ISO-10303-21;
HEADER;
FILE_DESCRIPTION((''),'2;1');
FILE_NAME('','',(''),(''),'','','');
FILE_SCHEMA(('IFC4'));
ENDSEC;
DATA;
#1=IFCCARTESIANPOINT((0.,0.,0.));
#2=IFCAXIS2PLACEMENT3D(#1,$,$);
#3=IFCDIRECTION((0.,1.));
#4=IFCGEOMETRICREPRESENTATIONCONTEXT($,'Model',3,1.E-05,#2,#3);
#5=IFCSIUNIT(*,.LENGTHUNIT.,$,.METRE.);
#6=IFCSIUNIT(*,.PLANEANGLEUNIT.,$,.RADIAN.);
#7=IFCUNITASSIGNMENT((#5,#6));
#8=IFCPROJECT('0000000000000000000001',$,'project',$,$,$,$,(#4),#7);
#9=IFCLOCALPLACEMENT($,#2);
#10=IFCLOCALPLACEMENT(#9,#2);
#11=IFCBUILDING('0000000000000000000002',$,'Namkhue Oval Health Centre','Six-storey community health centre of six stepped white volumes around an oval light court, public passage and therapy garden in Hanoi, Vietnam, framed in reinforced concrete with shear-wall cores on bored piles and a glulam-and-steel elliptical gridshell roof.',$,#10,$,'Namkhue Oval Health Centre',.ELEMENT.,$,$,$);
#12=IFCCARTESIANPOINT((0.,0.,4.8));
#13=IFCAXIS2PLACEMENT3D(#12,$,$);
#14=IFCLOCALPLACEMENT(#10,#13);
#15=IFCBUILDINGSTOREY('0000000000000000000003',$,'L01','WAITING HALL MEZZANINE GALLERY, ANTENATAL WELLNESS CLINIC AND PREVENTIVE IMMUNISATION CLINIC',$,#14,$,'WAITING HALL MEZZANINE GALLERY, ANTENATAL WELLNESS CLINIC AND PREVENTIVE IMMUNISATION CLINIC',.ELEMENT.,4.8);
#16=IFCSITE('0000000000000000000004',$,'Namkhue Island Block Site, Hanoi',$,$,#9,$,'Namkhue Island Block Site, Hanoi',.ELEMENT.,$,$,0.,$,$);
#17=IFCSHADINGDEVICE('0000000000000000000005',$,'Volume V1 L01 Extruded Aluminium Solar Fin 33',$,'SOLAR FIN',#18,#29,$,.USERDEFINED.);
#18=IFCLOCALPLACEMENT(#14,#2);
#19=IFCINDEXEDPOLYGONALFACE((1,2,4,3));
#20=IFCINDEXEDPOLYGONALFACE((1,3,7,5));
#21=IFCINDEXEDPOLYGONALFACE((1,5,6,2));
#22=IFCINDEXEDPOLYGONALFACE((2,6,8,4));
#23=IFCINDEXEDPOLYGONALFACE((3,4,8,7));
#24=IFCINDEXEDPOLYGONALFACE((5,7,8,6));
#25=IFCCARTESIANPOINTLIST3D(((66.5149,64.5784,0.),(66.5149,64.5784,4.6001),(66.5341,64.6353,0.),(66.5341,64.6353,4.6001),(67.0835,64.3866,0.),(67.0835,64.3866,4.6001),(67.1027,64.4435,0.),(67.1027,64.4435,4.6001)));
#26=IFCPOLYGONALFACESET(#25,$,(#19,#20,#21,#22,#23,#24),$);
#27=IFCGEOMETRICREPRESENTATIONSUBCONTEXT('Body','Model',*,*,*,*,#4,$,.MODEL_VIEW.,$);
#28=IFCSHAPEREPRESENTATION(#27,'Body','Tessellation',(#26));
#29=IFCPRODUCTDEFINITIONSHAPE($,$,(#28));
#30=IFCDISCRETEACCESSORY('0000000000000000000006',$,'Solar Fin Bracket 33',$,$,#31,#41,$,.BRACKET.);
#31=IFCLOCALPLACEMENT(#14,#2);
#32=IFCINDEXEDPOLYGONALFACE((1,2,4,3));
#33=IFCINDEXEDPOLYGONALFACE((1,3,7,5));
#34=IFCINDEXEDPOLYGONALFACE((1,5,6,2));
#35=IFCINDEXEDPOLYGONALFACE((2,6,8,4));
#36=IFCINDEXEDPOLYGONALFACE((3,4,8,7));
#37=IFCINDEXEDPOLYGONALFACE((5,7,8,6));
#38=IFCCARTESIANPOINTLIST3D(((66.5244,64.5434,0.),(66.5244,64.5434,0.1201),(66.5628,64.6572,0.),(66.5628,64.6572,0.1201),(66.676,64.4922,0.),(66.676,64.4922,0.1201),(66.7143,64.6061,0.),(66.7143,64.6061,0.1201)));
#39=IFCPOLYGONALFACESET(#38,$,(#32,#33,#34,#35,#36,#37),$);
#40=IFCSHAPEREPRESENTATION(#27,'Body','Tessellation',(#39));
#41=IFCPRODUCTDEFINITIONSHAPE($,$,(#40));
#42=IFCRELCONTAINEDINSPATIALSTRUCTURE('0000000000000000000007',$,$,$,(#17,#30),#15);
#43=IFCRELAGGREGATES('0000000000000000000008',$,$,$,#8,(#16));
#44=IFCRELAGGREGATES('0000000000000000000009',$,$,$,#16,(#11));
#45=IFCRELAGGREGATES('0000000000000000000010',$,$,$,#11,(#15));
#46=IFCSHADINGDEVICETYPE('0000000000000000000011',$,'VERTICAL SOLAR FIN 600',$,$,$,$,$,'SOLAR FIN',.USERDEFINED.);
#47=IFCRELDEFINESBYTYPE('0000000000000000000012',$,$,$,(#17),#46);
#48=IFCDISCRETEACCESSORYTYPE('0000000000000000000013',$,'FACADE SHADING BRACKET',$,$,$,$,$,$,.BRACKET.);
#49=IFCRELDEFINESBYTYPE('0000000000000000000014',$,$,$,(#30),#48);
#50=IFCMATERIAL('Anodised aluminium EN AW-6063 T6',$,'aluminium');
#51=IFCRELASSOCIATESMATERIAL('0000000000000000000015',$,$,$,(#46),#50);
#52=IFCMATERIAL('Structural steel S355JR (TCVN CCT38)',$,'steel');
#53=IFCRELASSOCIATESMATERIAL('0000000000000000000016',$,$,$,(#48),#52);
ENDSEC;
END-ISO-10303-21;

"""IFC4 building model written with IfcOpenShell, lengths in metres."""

from ifc_helpers import new_model, si_unit, direction, frame, origin, origin_2d, place, context, subcontext, project, spatial, rectangle, extrude, material, type_object, element, save


model = new_model("IFC4")

# Units and contexts
model_context = context("Model", 3, precision=1e-05, world=origin(), true_north=direction((0.0, 1.0)))
body_context = subcontext(model_context, "Body", "Model", "MODEL_VIEW")
ifc_project = project(units=[si_unit("LENGTHUNIT", "METRE"), si_unit("PLANEANGLEUNIT", "RADIAN")], contexts=[model_context])

# Site, building, storey
site_placement = place(None, origin())
site = spatial("IfcSite", under=ifc_project, at=site_placement, Name="Namkhue Island Block Site, Hanoi", LongName="Namkhue Island Block Site, Hanoi", CompositionType="ELEMENT", RefElevation=0.0)
building_placement = place(site_placement, origin())
building = spatial("IfcBuilding", under=site, at=building_placement, Name="Namkhue Oval Health Centre", Description="Six-storey community health centre of six stepped white volumes around an oval light court, public passage and therapy garden in Hanoi, Vietnam, framed in reinforced concrete with shear-wall cores on bored piles and a glulam-and-steel elliptical gridshell roof.", LongName="Namkhue Oval Health Centre", CompositionType="ELEMENT")
storey_placement = place(building_placement, frame((0.0, 0.0, 4.8)))
storey = spatial("IfcBuildingStorey", under=building, at=storey_placement, Name="L01", Description="WAITING HALL MEZZANINE GALLERY, ANTENATAL WELLNESS CLINIC AND PREVENTIVE IMMUNISATION CLINIC", LongName="WAITING HALL MEZZANINE GALLERY, ANTENATAL WELLNESS CLINIC AND PREVENTIVE IMMUNISATION CLINIC", CompositionType="ELEMENT", Elevation=4.8)

# Shared definitions
ifc_material_1 = material(Name="Anodised aluminium EN AW-6063 T6", Category="aluminium")

# Shading device
shading_device_type = type_object("IfcShadingDeviceType", Name="VERTICAL SOLAR FIN 600", ElementType="SOLAR FIN", PredefinedType="USERDEFINED", material=ifc_material_1)
shading_device_placement = place(storey_placement, frame((66.8088, 64.511, 0.0), z_axis=(0.0, 0.0, 1.0), x_axis=(0.947546, -0.319621, 0.0)))
element("IfcShadingDevice", 1, at=shading_device_placement, inside=storey, type_object=shading_device_type, Name="Volume V1 L01 Extruded Aluminium Solar Fin 33", ObjectType="SOLAR FIN", PredefinedType="USERDEFINED", context=body_context, shape_type="SweptSolid", body=[
    extrude(rectangle(XDim=0.6001, YDim=0.0601, at=origin_2d()), origin(), (0.0, 0.0, 1.0), 4.6001),
])

# Discrete accessory
ifc_material_2 = material(Name="Structural steel S355JR (TCVN CCT38)", Category="steel")
discrete_accessory_type = type_object("IfcDiscreteAccessoryType", Name="FACADE SHADING BRACKET", PredefinedType="BRACKET", material=ifc_material_2)
discrete_accessory_placement = place(storey_placement, frame((66.6194, 64.5747, 0.0), z_axis=(0.0, 0.0, 1.0), x_axis=(0.947546, -0.319621, 0.0)))
element("IfcDiscreteAccessory", 2, at=discrete_accessory_placement, inside=storey, type_object=discrete_accessory_type, Name="Solar Fin Bracket 33", PredefinedType="BRACKET", context=body_context, shape_type="SweptSolid", body=[
    extrude(rectangle(XDim=0.1599, YDim=0.1201, at=origin_2d()), origin(), (0.0, 0.0, 1.0), 0.1201),
])

save(model, "model.ifc")
